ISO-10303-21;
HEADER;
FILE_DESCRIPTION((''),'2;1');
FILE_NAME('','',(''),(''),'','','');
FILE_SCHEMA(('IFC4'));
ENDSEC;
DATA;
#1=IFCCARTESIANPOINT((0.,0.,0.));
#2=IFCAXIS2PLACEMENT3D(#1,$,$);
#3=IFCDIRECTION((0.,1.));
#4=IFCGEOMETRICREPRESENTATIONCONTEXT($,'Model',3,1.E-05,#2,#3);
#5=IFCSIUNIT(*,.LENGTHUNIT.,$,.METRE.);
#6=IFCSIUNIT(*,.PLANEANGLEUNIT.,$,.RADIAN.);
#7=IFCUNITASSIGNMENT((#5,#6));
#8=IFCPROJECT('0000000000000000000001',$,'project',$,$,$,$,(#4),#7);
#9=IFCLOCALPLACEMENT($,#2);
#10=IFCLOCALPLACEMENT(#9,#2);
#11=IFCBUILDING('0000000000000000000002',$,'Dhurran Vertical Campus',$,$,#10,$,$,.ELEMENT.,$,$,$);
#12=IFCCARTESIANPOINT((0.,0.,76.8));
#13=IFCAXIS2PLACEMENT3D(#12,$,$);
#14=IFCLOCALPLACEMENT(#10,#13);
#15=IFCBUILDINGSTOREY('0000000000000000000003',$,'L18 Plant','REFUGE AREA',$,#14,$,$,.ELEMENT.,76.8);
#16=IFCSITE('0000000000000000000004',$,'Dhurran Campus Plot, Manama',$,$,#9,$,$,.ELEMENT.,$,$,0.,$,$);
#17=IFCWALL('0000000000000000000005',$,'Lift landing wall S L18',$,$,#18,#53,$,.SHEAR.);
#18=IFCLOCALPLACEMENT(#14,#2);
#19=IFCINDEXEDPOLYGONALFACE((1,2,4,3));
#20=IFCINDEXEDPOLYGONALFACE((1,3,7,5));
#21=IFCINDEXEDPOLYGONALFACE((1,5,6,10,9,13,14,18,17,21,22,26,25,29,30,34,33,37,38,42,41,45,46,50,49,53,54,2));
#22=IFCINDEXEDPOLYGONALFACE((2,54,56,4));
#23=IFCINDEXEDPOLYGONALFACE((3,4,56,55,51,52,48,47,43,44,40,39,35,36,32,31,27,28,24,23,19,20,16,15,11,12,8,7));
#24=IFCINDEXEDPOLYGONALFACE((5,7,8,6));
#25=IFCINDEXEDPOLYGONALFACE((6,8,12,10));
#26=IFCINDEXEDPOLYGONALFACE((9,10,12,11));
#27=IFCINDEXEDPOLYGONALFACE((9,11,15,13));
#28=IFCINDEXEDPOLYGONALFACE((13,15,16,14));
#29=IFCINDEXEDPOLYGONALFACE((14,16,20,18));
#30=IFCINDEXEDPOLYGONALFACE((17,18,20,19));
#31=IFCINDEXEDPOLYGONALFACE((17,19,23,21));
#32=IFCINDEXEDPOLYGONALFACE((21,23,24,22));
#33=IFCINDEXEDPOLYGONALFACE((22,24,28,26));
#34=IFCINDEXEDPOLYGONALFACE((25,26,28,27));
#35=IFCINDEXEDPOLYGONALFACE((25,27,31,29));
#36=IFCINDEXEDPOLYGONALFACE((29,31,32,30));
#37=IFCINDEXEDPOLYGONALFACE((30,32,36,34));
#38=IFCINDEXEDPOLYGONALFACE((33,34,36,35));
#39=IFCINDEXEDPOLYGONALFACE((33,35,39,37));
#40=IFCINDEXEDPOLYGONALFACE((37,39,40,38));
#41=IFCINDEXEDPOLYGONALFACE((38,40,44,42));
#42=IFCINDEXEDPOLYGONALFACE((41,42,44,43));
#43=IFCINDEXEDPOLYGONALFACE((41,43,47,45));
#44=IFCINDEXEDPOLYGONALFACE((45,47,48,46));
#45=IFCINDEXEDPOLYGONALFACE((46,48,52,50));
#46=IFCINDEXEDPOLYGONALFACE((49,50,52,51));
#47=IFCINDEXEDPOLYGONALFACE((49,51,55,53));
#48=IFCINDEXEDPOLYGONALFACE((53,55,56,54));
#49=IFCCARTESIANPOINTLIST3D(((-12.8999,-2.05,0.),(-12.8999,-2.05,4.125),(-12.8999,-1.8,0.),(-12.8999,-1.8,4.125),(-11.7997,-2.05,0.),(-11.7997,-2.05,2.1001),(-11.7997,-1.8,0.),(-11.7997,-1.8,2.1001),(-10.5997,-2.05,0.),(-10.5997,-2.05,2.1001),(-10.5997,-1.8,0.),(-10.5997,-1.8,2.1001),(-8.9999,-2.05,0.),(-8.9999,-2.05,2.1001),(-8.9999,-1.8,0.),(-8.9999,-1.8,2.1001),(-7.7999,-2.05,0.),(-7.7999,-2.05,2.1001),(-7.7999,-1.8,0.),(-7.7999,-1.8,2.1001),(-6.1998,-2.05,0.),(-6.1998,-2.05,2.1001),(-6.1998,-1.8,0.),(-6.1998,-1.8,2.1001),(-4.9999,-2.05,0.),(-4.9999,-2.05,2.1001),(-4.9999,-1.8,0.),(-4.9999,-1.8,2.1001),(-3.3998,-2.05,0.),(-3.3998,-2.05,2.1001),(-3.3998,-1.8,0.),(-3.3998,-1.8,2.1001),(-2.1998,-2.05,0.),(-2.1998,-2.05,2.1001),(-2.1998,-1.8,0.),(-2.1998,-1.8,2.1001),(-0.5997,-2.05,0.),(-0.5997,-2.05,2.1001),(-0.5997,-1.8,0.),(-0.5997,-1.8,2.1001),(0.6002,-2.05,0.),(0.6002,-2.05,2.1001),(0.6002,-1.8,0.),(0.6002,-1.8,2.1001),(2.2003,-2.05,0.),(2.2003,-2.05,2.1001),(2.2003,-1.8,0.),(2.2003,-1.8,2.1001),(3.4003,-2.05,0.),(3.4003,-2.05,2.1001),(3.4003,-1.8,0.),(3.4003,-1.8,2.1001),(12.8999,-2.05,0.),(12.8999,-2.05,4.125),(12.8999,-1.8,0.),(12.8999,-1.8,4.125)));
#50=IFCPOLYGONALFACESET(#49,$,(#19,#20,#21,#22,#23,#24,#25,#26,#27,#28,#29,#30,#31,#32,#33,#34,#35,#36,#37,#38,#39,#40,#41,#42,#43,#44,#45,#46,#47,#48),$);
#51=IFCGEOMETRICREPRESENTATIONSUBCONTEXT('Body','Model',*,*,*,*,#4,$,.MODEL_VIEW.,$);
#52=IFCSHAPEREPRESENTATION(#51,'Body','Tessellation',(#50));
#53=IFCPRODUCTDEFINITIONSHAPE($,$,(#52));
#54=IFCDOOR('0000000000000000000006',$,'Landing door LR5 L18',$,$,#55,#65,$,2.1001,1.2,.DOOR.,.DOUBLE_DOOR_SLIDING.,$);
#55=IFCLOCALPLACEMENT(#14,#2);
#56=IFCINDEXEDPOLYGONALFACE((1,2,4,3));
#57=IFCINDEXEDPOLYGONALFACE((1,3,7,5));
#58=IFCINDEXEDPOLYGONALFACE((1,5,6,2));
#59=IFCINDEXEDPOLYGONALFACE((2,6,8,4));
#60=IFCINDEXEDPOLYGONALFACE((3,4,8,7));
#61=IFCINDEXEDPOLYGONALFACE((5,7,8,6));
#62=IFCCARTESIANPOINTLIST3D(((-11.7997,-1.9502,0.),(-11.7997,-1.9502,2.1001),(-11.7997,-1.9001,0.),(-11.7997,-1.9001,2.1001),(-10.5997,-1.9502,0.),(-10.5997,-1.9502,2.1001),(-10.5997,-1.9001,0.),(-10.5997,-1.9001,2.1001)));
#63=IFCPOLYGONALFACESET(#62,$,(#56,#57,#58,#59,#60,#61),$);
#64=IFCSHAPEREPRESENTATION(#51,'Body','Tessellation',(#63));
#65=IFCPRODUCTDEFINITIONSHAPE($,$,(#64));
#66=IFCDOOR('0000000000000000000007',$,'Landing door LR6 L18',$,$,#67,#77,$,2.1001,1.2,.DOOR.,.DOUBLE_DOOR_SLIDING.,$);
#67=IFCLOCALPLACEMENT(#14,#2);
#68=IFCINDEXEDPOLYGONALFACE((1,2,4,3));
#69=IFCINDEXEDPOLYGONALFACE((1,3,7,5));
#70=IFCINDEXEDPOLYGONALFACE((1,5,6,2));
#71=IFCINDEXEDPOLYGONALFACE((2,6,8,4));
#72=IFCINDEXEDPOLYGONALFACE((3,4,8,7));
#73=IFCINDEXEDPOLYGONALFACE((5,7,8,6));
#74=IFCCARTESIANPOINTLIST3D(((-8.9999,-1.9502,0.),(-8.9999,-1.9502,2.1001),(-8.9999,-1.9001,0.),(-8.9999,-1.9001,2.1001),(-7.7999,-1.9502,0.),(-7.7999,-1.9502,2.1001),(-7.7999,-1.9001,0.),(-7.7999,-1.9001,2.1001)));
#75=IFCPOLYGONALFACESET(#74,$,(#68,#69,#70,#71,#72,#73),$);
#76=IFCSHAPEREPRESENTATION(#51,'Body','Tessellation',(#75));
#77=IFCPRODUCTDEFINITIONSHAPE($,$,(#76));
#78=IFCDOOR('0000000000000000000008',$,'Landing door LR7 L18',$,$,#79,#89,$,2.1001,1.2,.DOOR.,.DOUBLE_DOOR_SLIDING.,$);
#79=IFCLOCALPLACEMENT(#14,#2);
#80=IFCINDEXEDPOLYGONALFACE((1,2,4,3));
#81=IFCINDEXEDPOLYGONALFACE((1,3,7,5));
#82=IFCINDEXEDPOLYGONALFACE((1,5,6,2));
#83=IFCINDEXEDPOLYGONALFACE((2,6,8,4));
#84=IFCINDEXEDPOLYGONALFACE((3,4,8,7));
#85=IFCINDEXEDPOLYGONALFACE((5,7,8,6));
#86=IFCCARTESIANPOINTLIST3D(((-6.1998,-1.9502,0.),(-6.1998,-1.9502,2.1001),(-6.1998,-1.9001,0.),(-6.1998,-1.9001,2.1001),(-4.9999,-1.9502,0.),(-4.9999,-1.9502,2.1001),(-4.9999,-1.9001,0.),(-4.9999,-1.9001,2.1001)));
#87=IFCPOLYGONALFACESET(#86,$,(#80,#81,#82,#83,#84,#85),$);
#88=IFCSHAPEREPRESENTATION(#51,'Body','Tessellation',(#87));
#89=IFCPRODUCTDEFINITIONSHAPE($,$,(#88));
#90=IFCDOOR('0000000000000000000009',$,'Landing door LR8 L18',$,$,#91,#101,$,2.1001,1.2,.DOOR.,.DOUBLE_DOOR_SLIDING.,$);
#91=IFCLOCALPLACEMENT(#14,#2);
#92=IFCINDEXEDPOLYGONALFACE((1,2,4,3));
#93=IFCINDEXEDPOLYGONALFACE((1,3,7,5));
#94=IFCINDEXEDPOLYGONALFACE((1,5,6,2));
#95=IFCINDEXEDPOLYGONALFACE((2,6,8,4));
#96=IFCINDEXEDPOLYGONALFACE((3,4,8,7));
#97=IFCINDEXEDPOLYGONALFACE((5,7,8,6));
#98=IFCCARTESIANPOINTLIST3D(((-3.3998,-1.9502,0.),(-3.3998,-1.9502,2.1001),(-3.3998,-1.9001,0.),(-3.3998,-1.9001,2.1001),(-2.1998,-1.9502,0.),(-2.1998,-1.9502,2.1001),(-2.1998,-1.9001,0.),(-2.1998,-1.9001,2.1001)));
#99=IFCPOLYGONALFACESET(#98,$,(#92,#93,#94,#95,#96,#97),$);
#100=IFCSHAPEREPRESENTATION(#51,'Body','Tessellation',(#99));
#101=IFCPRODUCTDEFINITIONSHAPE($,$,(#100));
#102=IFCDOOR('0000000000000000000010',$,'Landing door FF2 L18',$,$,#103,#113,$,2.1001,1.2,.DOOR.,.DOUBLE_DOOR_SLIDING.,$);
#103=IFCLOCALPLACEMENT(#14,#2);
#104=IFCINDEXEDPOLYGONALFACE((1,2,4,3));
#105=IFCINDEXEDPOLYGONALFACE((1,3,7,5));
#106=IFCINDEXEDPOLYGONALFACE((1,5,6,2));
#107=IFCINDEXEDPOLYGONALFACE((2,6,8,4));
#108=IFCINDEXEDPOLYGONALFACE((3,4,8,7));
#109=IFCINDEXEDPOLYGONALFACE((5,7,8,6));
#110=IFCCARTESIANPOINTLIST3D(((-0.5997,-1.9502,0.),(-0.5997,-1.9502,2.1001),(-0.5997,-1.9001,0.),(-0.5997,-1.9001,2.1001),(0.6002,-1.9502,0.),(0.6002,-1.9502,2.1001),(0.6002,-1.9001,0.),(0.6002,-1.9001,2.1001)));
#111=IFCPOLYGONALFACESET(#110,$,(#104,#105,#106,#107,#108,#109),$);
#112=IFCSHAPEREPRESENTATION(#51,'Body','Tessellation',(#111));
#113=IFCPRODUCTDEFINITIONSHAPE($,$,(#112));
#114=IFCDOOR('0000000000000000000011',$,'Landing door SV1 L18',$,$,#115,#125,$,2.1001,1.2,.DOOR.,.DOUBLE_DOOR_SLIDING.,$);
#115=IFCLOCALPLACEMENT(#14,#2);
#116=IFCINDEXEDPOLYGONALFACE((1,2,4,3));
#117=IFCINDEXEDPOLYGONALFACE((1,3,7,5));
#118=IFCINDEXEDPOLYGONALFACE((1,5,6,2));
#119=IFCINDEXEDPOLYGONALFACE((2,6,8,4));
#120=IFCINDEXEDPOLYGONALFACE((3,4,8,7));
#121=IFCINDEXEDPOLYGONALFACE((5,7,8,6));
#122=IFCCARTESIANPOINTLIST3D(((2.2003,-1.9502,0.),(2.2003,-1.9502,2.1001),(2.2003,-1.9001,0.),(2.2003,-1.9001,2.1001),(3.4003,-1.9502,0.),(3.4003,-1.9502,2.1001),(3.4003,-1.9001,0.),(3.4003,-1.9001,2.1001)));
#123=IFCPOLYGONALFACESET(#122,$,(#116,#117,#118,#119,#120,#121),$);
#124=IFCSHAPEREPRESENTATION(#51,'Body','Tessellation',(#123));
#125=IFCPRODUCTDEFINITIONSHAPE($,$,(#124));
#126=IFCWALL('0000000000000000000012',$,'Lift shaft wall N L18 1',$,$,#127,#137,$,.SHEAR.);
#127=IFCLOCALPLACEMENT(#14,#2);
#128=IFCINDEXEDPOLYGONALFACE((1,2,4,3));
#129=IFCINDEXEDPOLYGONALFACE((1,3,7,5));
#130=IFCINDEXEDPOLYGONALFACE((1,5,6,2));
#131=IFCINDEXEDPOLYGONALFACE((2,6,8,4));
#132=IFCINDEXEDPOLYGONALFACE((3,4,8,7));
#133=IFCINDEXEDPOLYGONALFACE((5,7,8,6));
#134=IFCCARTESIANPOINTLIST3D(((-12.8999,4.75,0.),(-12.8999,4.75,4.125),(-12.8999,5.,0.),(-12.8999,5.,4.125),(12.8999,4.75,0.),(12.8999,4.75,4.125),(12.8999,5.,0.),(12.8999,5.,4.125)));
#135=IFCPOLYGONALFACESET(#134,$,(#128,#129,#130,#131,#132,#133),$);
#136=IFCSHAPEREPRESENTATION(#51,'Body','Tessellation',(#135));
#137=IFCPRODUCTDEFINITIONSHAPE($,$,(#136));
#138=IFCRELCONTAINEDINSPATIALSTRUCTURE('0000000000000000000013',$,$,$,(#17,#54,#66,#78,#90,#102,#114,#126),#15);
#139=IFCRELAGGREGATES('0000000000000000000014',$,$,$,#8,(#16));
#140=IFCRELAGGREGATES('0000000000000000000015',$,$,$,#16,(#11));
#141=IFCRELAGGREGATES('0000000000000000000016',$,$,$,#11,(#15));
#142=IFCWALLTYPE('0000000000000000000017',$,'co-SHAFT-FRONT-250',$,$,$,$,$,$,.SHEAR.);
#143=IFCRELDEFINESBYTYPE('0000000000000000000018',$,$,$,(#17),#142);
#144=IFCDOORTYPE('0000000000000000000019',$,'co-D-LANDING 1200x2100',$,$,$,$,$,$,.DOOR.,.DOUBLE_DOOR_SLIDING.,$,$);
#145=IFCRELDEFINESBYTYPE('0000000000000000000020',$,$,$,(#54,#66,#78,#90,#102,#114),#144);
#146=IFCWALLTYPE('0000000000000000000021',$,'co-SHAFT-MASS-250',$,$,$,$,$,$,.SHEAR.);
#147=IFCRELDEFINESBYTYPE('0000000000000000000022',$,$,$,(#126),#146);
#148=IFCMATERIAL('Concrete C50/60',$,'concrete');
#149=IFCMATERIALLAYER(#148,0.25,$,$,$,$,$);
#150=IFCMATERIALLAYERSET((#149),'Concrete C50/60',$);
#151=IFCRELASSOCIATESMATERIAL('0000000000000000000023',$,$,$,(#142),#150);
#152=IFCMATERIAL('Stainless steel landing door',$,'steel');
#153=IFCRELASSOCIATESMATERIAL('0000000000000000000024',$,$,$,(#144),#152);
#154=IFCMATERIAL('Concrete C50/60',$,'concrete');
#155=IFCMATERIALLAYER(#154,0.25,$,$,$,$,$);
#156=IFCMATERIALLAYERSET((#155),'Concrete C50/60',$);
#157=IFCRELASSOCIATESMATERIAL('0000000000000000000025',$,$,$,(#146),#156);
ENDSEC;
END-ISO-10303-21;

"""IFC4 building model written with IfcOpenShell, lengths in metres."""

from ifc_helpers import new_model, si_unit, direction, frame, frame_2d, origin, place, context, subcontext, project, spatial, polyline, rectangle, outline, extrude, material, layer, layer_set, type_object, element, fill, save


model = new_model("IFC4")

# Units and contexts
model_context = context("Model", 3, precision=1e-05, world=origin(), true_north=direction((0.0, 1.0)))
body_context = subcontext(model_context, "Body", "Model", "MODEL_VIEW")
ifc_project = project(units=[si_unit("LENGTHUNIT", "METRE"), si_unit("PLANEANGLEUNIT", "RADIAN")], contexts=[model_context])

# Site, building, storey
site_placement = place(None, origin())
site = spatial("IfcSite", under=ifc_project, at=site_placement, Name="Dhurran Campus Plot, Manama", CompositionType="ELEMENT", RefElevation=0.0)
building_placement = place(site_placement, origin())
building = spatial("IfcBuilding", under=site, at=building_placement, Name="Dhurran Vertical Campus", CompositionType="ELEMENT")
storey_placement = place(building_placement, frame((0.0, 0.0, 76.8)))
storey = spatial("IfcBuildingStorey", under=building, at=storey_placement, Name="L18 Plant", Description="REFUGE AREA", CompositionType="ELEMENT", Elevation=76.8)

# Wall, openings, doors
ifc_material_1 = material(Name="Concrete C50/60", Category="concrete")
ifc_layer_1 = layer(ifc_material_1, 0.25)
ifc_layer_set_1 = layer_set([ifc_layer_1], Name="Concrete C50/60")
wall_type_1 = type_object("IfcWallType", Name="co-SHAFT-FRONT-250", PredefinedType="SHEAR", material=ifc_layer_set_1)
wall_1_placement = place(storey_placement, frame((-12.8999, -1.925, 0.0), z_axis=(0.0, 0.0, 1.0), x_axis=(1.0, 0.0, 0.0)))
wall_1 = element("IfcWall", 1, at=wall_1_placement, inside=storey, type_object=wall_type_1, Name="Lift landing wall S L18", PredefinedType="SHEAR", context=body_context, shape_type="SweptSolid", body=[
    extrude(rectangle(XDim=25.7998, YDim=0.25, at=frame_2d((12.8999, 0.0))), origin(), (0.0, 0.0, 1.0), 4.125),
])
opening_1_placement = place(wall_1_placement, frame((1.1001, 0.0, 0.0)))
opening_1 = element("IfcOpeningElement", 2, at=opening_1_placement, cuts=wall_1, PredefinedType="OPENING", context=body_context, shape_type="SweptSolid", body=[
    extrude(rectangle(XDim=1.2, YDim=2.1001, at=frame_2d((0.6001, 1.05))), frame((0.0, 0.135, 0.0), z_axis=(0.0, -1.0, 0.0), x_axis=(1.0, 0.0, 0.0)), (0.0, 0.0, 1.0), 0.27),
])
opening_2_placement = place(wall_1_placement, frame((3.8999, 0.0, 0.0)))
opening_2 = element("IfcOpeningElement", 3, at=opening_2_placement, cuts=wall_1, PredefinedType="OPENING", context=body_context, shape_type="SweptSolid", body=[
    extrude(rectangle(XDim=1.2, YDim=2.1001, at=frame_2d((0.6001, 1.05))), frame((0.0, 0.135, 0.0), z_axis=(0.0, -1.0, 0.0), x_axis=(1.0, 0.0, 0.0)), (0.0, 0.0, 1.0), 0.27),
])
opening_3_placement = place(wall_1_placement, frame((6.7, 0.0, 0.0)))
opening_3 = element("IfcOpeningElement", 4, at=opening_3_placement, cuts=wall_1, PredefinedType="OPENING", context=body_context, shape_type="SweptSolid", body=[
    extrude(rectangle(XDim=1.2, YDim=2.1001, at=frame_2d((0.6001, 1.05))), frame((0.0, 0.135, 0.0), z_axis=(0.0, -1.0, 0.0), x_axis=(1.0, 0.0, 0.0)), (0.0, 0.0, 1.0), 0.27),
])
opening_4_placement = place(wall_1_placement, frame((9.5, 0.0, 0.0)))
opening_4 = element("IfcOpeningElement", 5, at=opening_4_placement, cuts=wall_1, PredefinedType="OPENING", context=body_context, shape_type="SweptSolid", body=[
    extrude(rectangle(XDim=1.2, YDim=2.1001, at=frame_2d((0.6001, 1.05))), frame((0.0, 0.135, 0.0), z_axis=(0.0, -1.0, 0.0), x_axis=(1.0, 0.0, 0.0)), (0.0, 0.0, 1.0), 0.27),
])
opening_5_placement = place(wall_1_placement, frame((12.3, 0.0, 0.0)))
opening_5 = element("IfcOpeningElement", 6, at=opening_5_placement, cuts=wall_1, PredefinedType="OPENING", context=body_context, shape_type="SweptSolid", body=[
    extrude(rectangle(XDim=1.2, YDim=2.1001, at=frame_2d((0.6001, 1.05))), frame((0.0, 0.135, 0.0), z_axis=(0.0, -1.0, 0.0), x_axis=(1.0, 0.0, 0.0)), (0.0, 0.0, 1.0), 0.27),
])
opening_6_placement = place(wall_1_placement, frame((15.1001, 0.0, 0.0)))
opening_6 = element("IfcOpeningElement", 7, at=opening_6_placement, cuts=wall_1, PredefinedType="OPENING", context=body_context, shape_type="SweptSolid", body=[
    extrude(rectangle(XDim=1.2, YDim=2.1001, at=frame_2d((0.6001, 1.05))), frame((0.0, 0.135, 0.0), z_axis=(0.0, -1.0, 0.0), x_axis=(1.0, 0.0, 0.0)), (0.0, 0.0, 1.0), 0.27),
])
ifc_material_2 = material(Name="Stainless steel landing door", Category="steel")
door_type_1 = type_object("IfcDoorType", Name="co-D-LANDING 1200x2100", OperationType="DOUBLE_DOOR_SLIDING", PredefinedType="DOOR", material=ifc_material_2)
door_1_placement = place(opening_1_placement, origin())
door_1 = element("IfcDoor", 8, at=door_1_placement, inside=storey, type_object=door_type_1, Name="Landing door LR5 L18", OperationType="DOUBLE_DOOR_SLIDING", OverallHeight=2.1001, OverallWidth=1.2, PredefinedType="DOOR", context=body_context, shape_type="SweptSolid", body=[
    extrude(rectangle(XDim=1.2, YDim=2.1001, at=frame_2d((0.6001, 1.05))), frame((0.0, 0.0249, 0.0), z_axis=(0.0, -1.0, 0.0), x_axis=(1.0, 0.0, 0.0)), (0.0, 0.0, 1.0), 0.05),
])
fill(opening_1, door_1)
door_2_placement = place(opening_2_placement, origin())
door_2 = element("IfcDoor", 9, at=door_2_placement, inside=storey, type_object=door_type_1, Name="Landing door LR6 L18", OperationType="DOUBLE_DOOR_SLIDING", OverallHeight=2.1001, OverallWidth=1.2, PredefinedType="DOOR", context=body_context, shape_type="SweptSolid", body=[
    extrude(rectangle(XDim=1.2, YDim=2.1001, at=frame_2d((0.6001, 1.05))), frame((0.0, 0.0249, 0.0), z_axis=(0.0, -1.0, 0.0), x_axis=(1.0, 0.0, 0.0)), (0.0, 0.0, 1.0), 0.05),
])
fill(opening_2, door_2)
door_3_placement = place(opening_3_placement, origin())
door_3 = element("IfcDoor", 10, at=door_3_placement, inside=storey, type_object=door_type_1, Name="Landing door LR7 L18", OperationType="DOUBLE_DOOR_SLIDING", OverallHeight=2.1001, OverallWidth=1.2, PredefinedType="DOOR", context=body_context, shape_type="SweptSolid", body=[
    extrude(rectangle(XDim=1.2, YDim=2.1001, at=frame_2d((0.6001, 1.05))), frame((0.0, 0.0249, 0.0), z_axis=(0.0, -1.0, 0.0), x_axis=(1.0, 0.0, 0.0)), (0.0, 0.0, 1.0), 0.05),
])
fill(opening_3, door_3)
door_4_placement = place(opening_4_placement, origin())
door_4 = element("IfcDoor", 11, at=door_4_placement, inside=storey, type_object=door_type_1, Name="Landing door LR8 L18", OperationType="DOUBLE_DOOR_SLIDING", OverallHeight=2.1001, OverallWidth=1.2, PredefinedType="DOOR", context=body_context, shape_type="SweptSolid", body=[
    extrude(rectangle(XDim=1.2, YDim=2.1001, at=frame_2d((0.6001, 1.05))), frame((0.0, 0.0249, 0.0), z_axis=(0.0, -1.0, 0.0), x_axis=(1.0, 0.0, 0.0)), (0.0, 0.0, 1.0), 0.05),
])
fill(opening_4, door_4)
door_5_placement = place(opening_5_placement, origin())
door_5 = element("IfcDoor", 12, at=door_5_placement, inside=storey, type_object=door_type_1, Name="Landing door FF2 L18", OperationType="DOUBLE_DOOR_SLIDING", OverallHeight=2.1001, OverallWidth=1.2, PredefinedType="DOOR", context=body_context, shape_type="SweptSolid", body=[
    extrude(rectangle(XDim=1.2, YDim=2.1001, at=frame_2d((0.6001, 1.05))), frame((0.0, 0.0249, 0.0), z_axis=(0.0, -1.0, 0.0), x_axis=(1.0, 0.0, 0.0)), (0.0, 0.0, 1.0), 0.05),
])
fill(opening_5, door_5)
door_6_placement = place(opening_6_placement, origin())
door_6 = element("IfcDoor", 13, at=door_6_placement, inside=storey, type_object=door_type_1, Name="Landing door SV1 L18", OperationType="DOUBLE_DOOR_SLIDING", OverallHeight=2.1001, OverallWidth=1.2, PredefinedType="DOOR", context=body_context, shape_type="SweptSolid", body=[
    extrude(rectangle(XDim=1.2, YDim=2.1001, at=frame_2d((0.6001, 1.05))), frame((0.0, 0.0249, 0.0), z_axis=(0.0, -1.0, 0.0), x_axis=(1.0, 0.0, 0.0)), (0.0, 0.0, 1.0), 0.05),
])
fill(opening_6, door_6)

# Wall
ifc_material_3 = material(Name="Concrete C50/60", Category="concrete")
ifc_layer_2 = layer(ifc_material_3, 0.25)
ifc_layer_set_2 = layer_set([ifc_layer_2], Name="Concrete C50/60")
wall_type_2 = type_object("IfcWallType", Name="co-SHAFT-MASS-250", PredefinedType="SHEAR", material=ifc_layer_set_2)
wall_2_placement = place(storey_placement, origin())
element("IfcWall", 14, at=wall_2_placement, inside=storey, type_object=wall_type_2, Name="Lift shaft wall N L18 1", PredefinedType="SHEAR", context=body_context, shape_type="SweptSolid", body=[
    extrude(outline(polyline([(-12.8999, 4.75), (12.8999, 4.75), (12.8999, 5.0), (-12.8999, 5.0), (-12.8999, 4.75)])), origin(), (0.0, 0.0, 1.0), 4.125),
])

save(model, "model.ifc")
